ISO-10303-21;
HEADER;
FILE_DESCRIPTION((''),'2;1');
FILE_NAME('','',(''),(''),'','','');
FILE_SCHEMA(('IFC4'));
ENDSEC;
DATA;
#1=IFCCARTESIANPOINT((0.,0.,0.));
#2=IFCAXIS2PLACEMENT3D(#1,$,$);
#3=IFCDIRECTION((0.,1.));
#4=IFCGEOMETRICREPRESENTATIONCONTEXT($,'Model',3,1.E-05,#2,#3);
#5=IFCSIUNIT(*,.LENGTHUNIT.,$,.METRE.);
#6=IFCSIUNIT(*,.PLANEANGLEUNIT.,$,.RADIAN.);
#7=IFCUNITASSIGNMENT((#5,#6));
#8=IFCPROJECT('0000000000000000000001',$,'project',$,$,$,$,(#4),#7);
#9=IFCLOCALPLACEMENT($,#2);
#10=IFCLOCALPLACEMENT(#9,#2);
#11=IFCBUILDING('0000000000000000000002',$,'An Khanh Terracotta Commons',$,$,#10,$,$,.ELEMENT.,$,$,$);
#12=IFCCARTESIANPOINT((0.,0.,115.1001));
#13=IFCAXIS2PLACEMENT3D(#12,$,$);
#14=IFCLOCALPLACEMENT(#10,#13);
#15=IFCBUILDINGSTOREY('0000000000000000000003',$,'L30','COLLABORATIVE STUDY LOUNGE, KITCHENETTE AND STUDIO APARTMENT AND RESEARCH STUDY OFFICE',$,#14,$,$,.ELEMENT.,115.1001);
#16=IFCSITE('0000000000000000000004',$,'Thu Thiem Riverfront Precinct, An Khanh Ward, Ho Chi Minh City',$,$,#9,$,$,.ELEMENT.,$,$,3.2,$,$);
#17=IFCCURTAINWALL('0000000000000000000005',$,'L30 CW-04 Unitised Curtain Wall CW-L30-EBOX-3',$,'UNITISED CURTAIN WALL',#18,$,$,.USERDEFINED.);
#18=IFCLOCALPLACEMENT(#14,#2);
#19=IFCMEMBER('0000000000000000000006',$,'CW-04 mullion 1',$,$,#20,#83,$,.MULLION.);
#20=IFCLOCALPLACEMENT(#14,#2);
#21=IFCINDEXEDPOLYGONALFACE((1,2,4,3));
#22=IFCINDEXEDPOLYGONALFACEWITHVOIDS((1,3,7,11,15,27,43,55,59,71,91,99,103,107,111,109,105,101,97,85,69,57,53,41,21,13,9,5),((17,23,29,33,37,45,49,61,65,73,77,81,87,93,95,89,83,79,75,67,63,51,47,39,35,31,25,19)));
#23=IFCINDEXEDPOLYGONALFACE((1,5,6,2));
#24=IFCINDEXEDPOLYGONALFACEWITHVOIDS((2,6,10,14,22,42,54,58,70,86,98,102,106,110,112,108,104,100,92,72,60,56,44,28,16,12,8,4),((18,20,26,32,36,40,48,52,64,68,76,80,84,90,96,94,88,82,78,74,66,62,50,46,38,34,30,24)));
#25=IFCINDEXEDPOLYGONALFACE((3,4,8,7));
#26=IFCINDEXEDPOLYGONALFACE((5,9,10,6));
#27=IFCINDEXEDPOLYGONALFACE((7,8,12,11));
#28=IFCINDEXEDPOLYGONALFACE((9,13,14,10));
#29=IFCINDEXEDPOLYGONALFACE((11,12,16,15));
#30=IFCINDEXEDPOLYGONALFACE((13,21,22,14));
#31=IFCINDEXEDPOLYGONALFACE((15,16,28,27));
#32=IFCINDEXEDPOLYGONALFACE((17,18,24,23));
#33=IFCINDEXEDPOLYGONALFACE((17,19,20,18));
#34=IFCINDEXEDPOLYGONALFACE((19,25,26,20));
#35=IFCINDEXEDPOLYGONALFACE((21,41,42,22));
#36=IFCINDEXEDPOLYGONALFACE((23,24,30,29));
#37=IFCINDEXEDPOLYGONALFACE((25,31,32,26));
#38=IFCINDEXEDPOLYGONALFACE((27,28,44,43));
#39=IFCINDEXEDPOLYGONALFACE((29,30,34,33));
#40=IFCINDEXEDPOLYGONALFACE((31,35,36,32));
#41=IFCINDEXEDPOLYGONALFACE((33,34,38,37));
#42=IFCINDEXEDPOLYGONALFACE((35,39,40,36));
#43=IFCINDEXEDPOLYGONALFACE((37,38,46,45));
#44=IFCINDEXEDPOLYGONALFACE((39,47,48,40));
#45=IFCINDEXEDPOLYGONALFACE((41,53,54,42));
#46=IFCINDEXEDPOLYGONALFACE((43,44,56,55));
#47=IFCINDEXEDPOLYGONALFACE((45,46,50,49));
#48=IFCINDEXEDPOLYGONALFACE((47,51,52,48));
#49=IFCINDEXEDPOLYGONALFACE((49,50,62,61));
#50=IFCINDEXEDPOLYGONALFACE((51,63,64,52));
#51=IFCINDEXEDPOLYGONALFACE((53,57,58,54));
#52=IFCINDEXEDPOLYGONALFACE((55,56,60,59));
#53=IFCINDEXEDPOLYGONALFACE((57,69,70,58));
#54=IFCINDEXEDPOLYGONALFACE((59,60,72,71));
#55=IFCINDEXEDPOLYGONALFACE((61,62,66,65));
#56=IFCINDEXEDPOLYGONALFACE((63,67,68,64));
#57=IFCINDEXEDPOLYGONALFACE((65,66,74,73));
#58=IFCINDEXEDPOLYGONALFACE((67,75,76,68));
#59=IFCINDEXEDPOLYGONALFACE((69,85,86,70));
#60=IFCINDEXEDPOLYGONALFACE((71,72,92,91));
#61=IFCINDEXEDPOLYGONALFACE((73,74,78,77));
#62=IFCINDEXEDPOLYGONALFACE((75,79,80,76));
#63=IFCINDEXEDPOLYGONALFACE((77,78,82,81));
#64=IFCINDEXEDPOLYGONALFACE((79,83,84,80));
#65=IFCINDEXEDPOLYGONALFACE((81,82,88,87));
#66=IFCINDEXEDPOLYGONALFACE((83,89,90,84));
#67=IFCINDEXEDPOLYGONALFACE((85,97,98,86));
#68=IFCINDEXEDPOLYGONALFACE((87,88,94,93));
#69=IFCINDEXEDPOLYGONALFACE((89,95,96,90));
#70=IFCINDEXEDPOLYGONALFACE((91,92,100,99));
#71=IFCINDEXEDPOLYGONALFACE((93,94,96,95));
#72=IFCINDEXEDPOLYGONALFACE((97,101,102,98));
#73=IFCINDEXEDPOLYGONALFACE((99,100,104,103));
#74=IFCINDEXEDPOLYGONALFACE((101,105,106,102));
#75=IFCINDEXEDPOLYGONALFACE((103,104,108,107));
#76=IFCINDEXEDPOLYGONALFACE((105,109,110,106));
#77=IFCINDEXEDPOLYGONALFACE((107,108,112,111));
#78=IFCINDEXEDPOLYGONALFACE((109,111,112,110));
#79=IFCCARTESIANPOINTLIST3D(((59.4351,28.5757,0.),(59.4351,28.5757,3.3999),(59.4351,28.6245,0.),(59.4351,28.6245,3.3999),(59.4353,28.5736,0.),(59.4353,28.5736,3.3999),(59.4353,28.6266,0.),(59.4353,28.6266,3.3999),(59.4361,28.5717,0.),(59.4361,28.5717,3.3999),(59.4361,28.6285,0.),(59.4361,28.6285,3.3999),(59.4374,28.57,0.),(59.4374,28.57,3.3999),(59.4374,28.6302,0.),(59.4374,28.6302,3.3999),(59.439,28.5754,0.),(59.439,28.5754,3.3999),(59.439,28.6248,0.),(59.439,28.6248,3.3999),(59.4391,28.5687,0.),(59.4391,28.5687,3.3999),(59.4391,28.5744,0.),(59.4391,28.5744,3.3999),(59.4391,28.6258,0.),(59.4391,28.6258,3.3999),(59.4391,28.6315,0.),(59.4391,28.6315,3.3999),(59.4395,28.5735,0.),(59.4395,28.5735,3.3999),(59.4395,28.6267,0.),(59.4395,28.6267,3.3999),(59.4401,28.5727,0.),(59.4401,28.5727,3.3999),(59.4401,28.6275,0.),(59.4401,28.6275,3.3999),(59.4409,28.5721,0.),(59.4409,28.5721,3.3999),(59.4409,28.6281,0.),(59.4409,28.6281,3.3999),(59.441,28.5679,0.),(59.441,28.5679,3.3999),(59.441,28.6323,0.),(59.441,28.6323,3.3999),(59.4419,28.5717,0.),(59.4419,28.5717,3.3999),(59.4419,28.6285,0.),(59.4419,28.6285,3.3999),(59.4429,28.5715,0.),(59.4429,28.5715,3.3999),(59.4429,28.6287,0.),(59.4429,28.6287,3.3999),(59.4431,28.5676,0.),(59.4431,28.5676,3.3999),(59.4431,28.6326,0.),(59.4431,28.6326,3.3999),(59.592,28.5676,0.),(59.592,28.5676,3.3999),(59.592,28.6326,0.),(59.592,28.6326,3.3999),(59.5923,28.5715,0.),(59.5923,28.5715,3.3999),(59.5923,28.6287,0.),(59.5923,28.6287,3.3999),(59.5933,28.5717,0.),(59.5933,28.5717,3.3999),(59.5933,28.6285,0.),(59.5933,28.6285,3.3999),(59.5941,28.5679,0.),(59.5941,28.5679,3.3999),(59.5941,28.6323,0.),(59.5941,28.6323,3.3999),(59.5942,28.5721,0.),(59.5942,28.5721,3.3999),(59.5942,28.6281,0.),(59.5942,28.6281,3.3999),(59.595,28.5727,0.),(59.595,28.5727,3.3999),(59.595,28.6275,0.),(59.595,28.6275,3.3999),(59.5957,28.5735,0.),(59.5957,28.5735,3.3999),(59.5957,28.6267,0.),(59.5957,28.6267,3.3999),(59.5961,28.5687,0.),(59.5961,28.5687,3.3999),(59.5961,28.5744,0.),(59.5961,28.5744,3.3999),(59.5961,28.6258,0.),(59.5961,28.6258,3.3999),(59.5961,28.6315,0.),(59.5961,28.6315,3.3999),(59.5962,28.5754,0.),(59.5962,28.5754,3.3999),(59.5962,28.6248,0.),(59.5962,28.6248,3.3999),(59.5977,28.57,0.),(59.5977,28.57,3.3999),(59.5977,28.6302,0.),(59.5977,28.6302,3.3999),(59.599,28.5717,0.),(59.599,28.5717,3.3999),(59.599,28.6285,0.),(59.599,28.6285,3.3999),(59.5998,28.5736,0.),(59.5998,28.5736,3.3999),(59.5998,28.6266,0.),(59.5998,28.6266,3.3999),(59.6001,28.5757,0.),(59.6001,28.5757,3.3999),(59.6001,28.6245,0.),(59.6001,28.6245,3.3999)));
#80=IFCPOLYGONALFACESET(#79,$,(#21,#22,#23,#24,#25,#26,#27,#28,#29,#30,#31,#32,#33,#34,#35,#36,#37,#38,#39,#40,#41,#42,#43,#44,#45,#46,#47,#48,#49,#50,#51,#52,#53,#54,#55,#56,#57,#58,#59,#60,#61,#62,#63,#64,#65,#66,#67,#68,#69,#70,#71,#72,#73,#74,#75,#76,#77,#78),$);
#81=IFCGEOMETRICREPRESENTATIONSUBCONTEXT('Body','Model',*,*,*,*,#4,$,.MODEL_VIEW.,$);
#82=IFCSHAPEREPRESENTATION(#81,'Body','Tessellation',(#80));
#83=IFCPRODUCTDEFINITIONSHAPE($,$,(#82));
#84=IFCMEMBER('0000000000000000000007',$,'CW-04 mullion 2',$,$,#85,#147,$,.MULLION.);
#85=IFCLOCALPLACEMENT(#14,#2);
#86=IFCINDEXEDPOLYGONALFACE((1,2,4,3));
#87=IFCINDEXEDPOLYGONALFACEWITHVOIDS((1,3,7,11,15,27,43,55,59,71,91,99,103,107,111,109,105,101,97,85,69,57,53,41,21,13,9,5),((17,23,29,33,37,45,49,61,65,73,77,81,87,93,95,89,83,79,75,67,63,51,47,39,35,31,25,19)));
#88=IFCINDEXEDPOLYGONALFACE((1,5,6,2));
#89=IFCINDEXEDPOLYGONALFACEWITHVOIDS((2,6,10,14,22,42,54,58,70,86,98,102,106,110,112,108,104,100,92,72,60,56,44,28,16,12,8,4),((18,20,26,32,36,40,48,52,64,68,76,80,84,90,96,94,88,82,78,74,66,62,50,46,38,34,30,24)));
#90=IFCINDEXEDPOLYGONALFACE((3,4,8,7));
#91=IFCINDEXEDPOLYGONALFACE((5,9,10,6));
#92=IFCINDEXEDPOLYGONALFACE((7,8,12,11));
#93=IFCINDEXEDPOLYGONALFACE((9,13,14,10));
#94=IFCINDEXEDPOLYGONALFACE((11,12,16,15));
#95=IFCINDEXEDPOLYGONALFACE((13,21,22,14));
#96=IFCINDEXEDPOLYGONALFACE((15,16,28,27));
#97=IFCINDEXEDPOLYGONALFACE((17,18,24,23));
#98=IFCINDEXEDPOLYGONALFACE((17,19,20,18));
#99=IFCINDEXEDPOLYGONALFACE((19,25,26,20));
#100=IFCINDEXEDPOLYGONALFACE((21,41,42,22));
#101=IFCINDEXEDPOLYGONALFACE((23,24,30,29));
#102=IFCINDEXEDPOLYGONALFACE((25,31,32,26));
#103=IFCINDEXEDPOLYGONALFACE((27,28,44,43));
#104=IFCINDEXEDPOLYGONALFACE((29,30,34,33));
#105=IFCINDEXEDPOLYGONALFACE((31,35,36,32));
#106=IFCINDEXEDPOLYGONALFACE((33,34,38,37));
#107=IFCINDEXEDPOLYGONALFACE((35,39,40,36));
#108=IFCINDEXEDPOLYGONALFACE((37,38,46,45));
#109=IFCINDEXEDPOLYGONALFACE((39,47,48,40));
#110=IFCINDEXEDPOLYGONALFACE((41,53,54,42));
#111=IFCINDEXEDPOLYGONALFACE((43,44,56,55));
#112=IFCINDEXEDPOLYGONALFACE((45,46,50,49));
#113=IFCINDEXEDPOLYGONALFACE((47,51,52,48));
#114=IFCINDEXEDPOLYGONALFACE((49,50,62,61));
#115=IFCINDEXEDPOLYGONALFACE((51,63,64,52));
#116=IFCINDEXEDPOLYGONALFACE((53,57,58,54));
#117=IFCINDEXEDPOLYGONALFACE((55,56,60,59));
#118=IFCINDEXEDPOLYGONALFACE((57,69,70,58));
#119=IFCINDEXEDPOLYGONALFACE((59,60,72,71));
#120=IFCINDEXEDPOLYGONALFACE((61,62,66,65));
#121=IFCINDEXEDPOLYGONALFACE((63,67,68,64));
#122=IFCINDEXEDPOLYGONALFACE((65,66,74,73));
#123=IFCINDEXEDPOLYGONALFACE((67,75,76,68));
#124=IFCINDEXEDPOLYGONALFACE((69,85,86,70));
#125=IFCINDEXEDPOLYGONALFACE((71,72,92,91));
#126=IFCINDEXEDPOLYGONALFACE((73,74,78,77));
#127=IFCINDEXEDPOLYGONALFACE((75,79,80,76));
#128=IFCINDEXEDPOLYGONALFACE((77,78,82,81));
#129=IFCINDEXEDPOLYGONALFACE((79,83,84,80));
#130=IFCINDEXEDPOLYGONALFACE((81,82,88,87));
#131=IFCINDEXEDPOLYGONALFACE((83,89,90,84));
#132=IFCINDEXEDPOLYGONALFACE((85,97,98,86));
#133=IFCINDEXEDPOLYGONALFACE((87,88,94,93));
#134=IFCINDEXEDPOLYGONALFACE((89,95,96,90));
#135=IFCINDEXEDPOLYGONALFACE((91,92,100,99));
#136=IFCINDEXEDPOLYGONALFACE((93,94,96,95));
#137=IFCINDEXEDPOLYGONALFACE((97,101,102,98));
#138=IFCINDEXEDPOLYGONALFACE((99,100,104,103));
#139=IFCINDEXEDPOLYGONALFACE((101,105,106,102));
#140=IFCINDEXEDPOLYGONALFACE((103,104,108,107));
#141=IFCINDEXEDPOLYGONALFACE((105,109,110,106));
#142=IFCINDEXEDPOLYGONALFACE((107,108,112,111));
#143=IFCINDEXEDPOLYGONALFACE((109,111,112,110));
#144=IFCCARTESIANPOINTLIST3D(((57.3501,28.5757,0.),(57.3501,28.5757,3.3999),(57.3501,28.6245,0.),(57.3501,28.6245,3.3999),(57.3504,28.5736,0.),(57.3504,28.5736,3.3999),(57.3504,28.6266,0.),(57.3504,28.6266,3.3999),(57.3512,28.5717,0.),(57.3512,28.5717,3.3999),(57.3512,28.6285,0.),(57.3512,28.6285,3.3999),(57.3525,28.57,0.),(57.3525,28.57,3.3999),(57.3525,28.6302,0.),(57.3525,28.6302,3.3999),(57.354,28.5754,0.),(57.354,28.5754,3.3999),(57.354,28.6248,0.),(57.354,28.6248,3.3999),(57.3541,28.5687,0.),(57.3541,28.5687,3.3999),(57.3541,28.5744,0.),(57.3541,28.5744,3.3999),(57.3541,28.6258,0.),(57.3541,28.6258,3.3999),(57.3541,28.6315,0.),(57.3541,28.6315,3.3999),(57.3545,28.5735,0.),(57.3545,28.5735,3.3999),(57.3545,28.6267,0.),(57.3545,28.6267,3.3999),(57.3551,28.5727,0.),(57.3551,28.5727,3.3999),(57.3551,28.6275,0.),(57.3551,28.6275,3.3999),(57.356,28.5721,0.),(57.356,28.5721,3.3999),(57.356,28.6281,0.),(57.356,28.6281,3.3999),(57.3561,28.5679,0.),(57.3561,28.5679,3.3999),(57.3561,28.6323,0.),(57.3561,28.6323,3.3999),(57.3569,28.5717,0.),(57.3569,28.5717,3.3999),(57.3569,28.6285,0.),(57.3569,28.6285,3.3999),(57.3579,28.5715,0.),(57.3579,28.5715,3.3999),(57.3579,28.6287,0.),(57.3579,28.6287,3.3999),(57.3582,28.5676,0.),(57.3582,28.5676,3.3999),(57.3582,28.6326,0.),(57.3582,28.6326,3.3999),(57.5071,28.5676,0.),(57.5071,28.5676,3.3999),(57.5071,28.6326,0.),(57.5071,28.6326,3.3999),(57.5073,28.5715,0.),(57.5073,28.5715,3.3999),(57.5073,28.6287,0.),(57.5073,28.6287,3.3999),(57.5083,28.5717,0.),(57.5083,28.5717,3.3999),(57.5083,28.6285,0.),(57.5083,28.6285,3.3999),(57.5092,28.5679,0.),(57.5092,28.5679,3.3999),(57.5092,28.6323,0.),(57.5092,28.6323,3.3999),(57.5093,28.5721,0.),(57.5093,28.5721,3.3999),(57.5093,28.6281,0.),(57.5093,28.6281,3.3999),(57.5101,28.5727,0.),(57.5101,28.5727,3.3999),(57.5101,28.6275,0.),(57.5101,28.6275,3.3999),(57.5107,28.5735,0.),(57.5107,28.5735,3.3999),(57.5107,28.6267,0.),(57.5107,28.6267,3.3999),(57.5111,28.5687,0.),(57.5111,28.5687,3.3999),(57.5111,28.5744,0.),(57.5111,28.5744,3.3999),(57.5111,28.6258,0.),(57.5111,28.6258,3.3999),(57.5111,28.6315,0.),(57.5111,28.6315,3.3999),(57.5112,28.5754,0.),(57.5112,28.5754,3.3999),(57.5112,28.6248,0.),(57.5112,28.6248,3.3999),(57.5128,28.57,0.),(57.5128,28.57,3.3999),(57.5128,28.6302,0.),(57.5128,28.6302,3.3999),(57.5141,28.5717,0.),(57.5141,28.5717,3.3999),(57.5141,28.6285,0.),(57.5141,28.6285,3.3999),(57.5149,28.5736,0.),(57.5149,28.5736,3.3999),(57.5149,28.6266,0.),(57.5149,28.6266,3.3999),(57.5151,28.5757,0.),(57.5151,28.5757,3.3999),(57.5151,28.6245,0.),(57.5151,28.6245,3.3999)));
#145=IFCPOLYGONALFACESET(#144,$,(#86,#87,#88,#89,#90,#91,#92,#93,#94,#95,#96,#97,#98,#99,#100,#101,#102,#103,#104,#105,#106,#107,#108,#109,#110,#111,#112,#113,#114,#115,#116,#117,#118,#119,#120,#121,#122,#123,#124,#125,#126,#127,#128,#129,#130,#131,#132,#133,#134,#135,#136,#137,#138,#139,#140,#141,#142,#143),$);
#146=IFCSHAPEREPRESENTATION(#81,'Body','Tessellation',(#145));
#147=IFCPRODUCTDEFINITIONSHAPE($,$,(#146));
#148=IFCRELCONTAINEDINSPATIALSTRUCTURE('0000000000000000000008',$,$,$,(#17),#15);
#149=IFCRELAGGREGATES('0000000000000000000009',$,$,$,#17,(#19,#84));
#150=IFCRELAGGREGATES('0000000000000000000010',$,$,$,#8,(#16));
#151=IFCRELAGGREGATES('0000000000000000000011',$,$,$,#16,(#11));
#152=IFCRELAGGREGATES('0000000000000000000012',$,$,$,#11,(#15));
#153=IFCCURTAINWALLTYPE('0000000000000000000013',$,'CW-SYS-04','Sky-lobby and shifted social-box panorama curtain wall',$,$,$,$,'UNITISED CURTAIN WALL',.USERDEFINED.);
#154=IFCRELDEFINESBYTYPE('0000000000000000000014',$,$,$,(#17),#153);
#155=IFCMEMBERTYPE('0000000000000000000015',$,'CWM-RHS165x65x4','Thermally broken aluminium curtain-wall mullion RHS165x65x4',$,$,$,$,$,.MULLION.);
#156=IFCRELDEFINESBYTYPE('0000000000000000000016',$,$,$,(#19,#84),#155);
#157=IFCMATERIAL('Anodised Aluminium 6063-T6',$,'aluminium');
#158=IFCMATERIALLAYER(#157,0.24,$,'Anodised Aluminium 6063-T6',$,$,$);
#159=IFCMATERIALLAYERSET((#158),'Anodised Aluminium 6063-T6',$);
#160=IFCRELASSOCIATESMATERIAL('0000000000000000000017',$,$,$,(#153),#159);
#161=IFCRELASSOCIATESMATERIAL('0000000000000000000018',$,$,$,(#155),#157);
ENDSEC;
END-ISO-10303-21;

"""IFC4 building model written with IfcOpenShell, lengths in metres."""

from ifc_helpers import new_model, si_unit, direction, frame, origin, origin_2d, place, context, subcontext, project, spatial, hollow_rectangle, extrude, material, layer, layer_set, material_profile, profile_set, type_object, element, aggregate, save


model = new_model("IFC4")

# Units and contexts
model_context = context("Model", 3, precision=1e-05, world=origin(), true_north=direction((0.0, 1.0)))
body_context = subcontext(model_context, "Body", "Model", "MODEL_VIEW")
ifc_project = project(units=[si_unit("LENGTHUNIT", "METRE"), si_unit("PLANEANGLEUNIT", "RADIAN")], contexts=[model_context])

# Site, building, storey
site_placement = place(None, origin())
site = spatial("IfcSite", under=ifc_project, at=site_placement, Name="Thu Thiem Riverfront Precinct, An Khanh Ward, Ho Chi Minh City", CompositionType="ELEMENT", RefElevation=3.2)
building_placement = place(site_placement, origin())
building = spatial("IfcBuilding", under=site, at=building_placement, Name="An Khanh Terracotta Commons", CompositionType="ELEMENT")
storey_placement = place(building_placement, frame((0.0, 0.0, 115.1001)))
storey = spatial("IfcBuildingStorey", under=building, at=storey_placement, Name="L30", Description="COLLABORATIVE STUDY LOUNGE, KITCHENETTE AND STUDIO APARTMENT AND RESEARCH STUDY OFFICE", CompositionType="ELEMENT", Elevation=115.1001)

# Curtain wall, members
ifc_material_1 = material(Name="Anodised Aluminium 6063-T6", Category="aluminium")
ifc_layer_1 = layer(ifc_material_1, 0.24, Name="Anodised Aluminium 6063-T6")
ifc_layer_set_1 = layer_set([ifc_layer_1], Name="Anodised Aluminium 6063-T6")
curtain_wall_type_1 = type_object("IfcCurtainWallType", Name="CW-SYS-04", Description="Sky-lobby and shifted social-box panorama curtain wall", ElementType="UNITISED CURTAIN WALL", PredefinedType="USERDEFINED", material=ifc_layer_set_1)
ifc_material_profile_1 = material_profile(ifc_material_1, hollow_rectangle(XDim=0.0649, YDim=0.165, WallThickness=0.0039, InnerFilletRadius=0.0039, OuterFilletRadius=0.0081, at=origin_2d()), Name="RHS165x65x4")
ifc_profile_set_1 = profile_set([ifc_material_profile_1], Name="Anodised Aluminium 6063-T6")
member_type_1 = type_object("IfcMemberType", Name="CWM-RHS165x65x4", Description="Thermally broken aluminium curtain-wall mullion RHS165x65x4", PredefinedType="MULLION", material=ifc_profile_set_1)
curtain_wall_1_placement = place(storey_placement, origin())
curtain_wall_1 = element("IfcCurtainWall", 1, at=curtain_wall_1_placement, inside=storey, type_object=curtain_wall_type_1, Name="L30 CW-04 Unitised Curtain Wall CW-L30-EBOX-3", ObjectType="UNITISED CURTAIN WALL", PredefinedType="USERDEFINED")
member_1_placement = place(storey_placement, frame((59.5176, 28.6001, 0.0), z_axis=(0.0, 0.0, 1.0), x_axis=(0.0, -1.0, 0.0)))
member_1 = element("IfcMember", 2, at=member_1_placement, type_object=member_type_1, Name="CW-04 mullion 1", PredefinedType="MULLION", context=body_context, shape_type="SweptSolid", body=[
    extrude(hollow_rectangle(XDim=0.0649, YDim=0.165, WallThickness=0.0039, InnerFilletRadius=0.0039, OuterFilletRadius=0.0081, at=origin_2d()), origin(), (0.0, 0.0, 1.0), 3.3999),
])
member_2_placement = place(storey_placement, frame((57.4326, 28.6001, 0.0), z_axis=(0.0, 0.0, 1.0), x_axis=(0.0, -1.0, 0.0)))
member_2 = element("IfcMember", 3, at=member_2_placement, type_object=member_type_1, Name="CW-04 mullion 2", PredefinedType="MULLION", context=body_context, shape_type="SweptSolid", body=[
    extrude(hollow_rectangle(XDim=0.0649, YDim=0.165, WallThickness=0.0039, InnerFilletRadius=0.0039, OuterFilletRadius=0.0081, at=origin_2d()), origin(), (0.0, 0.0, 1.0), 3.3999),
])

aggregate(curtain_wall_1, [member_1, member_2])

save(model, "model.ifc")
